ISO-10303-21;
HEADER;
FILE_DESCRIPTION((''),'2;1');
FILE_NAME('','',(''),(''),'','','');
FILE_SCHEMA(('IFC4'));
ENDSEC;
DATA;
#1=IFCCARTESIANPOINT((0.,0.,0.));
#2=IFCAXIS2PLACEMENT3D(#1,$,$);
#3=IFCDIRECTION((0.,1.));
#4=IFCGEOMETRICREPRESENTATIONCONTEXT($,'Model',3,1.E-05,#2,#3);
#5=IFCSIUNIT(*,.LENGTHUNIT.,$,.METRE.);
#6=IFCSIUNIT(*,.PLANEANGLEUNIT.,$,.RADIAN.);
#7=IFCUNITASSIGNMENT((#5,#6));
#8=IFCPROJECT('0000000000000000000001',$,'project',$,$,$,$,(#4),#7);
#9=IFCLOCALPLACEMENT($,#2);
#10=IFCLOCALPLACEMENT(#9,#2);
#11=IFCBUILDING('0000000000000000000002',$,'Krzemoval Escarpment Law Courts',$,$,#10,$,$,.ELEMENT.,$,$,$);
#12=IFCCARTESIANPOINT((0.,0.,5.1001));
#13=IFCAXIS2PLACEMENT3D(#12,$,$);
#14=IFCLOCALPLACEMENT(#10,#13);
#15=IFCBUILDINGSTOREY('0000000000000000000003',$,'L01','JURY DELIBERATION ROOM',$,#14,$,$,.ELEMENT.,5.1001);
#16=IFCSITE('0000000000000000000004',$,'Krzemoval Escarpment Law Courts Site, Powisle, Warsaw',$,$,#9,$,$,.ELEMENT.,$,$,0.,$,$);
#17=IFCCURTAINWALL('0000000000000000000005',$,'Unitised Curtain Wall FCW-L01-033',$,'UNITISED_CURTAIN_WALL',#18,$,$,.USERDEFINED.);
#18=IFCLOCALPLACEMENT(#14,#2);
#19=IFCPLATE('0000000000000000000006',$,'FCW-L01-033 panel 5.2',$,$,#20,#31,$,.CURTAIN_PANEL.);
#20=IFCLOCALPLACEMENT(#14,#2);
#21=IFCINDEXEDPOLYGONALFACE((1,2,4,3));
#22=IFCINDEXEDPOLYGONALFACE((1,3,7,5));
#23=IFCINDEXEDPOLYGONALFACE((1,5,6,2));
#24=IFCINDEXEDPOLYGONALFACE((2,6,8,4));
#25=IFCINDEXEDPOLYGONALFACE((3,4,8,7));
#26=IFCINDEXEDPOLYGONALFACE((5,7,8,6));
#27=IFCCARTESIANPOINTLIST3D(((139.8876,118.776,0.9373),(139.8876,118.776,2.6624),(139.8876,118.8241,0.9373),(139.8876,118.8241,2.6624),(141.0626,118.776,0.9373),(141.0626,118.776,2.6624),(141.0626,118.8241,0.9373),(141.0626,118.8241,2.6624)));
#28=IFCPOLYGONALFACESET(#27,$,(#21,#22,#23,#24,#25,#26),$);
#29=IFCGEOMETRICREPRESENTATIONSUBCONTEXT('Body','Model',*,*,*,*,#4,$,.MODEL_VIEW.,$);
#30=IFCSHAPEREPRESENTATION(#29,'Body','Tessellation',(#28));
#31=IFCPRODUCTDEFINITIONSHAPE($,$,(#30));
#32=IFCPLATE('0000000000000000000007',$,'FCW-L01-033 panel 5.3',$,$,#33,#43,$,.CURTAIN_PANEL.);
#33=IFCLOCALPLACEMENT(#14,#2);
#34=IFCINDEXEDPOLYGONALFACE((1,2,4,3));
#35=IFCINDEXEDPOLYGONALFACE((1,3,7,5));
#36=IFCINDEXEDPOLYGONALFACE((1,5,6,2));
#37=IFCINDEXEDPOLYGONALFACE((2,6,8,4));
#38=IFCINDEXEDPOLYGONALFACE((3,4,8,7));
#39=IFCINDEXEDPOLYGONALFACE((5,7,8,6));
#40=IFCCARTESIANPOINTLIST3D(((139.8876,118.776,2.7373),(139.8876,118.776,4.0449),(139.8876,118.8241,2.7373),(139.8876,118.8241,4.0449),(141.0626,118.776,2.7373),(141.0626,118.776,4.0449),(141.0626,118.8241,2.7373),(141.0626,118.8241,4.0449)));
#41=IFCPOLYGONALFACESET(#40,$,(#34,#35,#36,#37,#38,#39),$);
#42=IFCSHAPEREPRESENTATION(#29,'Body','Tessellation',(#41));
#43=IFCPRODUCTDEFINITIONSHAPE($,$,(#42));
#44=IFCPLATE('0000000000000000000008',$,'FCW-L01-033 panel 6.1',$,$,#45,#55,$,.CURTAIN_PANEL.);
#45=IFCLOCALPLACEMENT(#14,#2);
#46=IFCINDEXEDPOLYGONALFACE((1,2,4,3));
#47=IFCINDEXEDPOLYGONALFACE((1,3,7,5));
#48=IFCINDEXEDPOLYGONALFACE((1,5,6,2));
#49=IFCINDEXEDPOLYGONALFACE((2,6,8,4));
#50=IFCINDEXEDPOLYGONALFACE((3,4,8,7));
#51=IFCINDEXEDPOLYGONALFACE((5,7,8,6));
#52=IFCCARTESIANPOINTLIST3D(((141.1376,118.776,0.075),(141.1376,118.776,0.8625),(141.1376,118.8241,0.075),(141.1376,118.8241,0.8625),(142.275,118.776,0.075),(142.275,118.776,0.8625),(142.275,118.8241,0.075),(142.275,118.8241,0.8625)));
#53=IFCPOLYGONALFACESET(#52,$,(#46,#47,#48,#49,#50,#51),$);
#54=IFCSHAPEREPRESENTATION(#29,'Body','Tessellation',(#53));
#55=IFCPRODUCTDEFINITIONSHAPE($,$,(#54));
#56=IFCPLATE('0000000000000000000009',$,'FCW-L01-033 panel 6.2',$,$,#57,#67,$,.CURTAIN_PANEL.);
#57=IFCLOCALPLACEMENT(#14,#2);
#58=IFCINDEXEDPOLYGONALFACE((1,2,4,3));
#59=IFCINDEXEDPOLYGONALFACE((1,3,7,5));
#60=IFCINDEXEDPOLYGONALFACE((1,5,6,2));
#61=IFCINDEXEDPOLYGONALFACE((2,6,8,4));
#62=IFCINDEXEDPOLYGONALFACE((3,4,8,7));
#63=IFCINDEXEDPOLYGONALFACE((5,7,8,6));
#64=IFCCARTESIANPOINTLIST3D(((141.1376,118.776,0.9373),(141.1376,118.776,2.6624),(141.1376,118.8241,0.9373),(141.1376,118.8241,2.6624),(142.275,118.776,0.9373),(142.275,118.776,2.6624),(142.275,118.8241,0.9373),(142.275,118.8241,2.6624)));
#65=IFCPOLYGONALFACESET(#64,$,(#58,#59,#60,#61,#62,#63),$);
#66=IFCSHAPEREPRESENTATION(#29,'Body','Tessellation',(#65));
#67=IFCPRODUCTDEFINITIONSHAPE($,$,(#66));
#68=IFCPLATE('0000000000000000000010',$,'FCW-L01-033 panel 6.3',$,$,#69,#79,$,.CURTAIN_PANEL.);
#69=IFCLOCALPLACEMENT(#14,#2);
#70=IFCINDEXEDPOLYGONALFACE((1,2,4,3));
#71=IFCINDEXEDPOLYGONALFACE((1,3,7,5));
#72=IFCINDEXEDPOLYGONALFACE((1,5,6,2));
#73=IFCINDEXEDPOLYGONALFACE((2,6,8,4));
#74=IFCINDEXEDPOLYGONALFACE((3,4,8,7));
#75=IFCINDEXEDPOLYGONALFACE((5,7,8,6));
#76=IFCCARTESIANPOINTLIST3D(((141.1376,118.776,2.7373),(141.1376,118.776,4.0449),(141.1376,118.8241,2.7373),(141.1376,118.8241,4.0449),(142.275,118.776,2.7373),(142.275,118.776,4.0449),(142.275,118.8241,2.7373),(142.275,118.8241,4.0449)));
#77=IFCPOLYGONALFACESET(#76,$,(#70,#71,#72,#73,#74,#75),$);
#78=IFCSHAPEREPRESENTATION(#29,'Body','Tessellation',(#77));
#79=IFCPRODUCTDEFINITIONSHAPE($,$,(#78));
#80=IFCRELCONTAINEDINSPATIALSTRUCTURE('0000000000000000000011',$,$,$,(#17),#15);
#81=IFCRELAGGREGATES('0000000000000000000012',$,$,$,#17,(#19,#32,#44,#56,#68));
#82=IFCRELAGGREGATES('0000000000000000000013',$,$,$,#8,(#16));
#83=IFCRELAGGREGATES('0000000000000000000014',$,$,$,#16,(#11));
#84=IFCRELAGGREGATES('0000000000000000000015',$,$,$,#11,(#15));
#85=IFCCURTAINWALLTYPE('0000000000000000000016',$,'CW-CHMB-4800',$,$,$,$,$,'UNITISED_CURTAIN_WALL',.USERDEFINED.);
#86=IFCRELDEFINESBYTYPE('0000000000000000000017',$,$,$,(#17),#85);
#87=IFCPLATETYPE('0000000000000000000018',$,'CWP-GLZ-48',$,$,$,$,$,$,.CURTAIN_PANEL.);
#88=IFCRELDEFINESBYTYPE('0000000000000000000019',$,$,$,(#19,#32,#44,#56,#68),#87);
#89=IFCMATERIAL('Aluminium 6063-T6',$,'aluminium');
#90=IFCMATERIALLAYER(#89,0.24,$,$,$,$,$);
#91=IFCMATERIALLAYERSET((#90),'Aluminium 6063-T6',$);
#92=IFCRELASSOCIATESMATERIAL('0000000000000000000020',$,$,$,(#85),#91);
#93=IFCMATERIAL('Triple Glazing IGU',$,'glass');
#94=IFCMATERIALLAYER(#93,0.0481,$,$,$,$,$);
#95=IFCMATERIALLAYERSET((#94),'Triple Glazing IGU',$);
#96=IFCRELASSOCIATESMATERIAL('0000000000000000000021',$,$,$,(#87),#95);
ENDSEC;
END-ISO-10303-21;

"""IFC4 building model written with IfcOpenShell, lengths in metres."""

from ifc_helpers import new_model, si_unit, direction, frame, origin, origin_2d, place, context, subcontext, project, spatial, rectangle, extrude, material, layer, layer_set, type_object, element, aggregate, save


model = new_model("IFC4")

# Units and contexts
model_context = context("Model", 3, precision=1e-05, world=origin(), true_north=direction((0.0, 1.0)))
body_context = subcontext(model_context, "Body", "Model", "MODEL_VIEW")
ifc_project = project(units=[si_unit("LENGTHUNIT", "METRE"), si_unit("PLANEANGLEUNIT", "RADIAN")], contexts=[model_context])

# Site, building, storey
site_placement = place(None, origin())
site = spatial("IfcSite", under=ifc_project, at=site_placement, Name="Krzemoval Escarpment Law Courts Site, Powisle, Warsaw", CompositionType="ELEMENT", RefElevation=0.0)
building_placement = place(site_placement, origin())
building = spatial("IfcBuilding", under=site, at=building_placement, Name="Krzemoval Escarpment Law Courts", CompositionType="ELEMENT")
storey_placement = place(building_placement, frame((0.0, 0.0, 5.1001)))
storey = spatial("IfcBuildingStorey", under=building, at=storey_placement, Name="L01", Description="JURY DELIBERATION ROOM", CompositionType="ELEMENT", Elevation=5.1001)

# Curtain wall, plates
ifc_material_1 = material(Name="Aluminium 6063-T6", Category="aluminium")
ifc_layer_1 = layer(ifc_material_1, 0.24)
ifc_layer_set_1 = layer_set([ifc_layer_1], Name="Aluminium 6063-T6")
curtain_wall_type = type_object("IfcCurtainWallType", Name="CW-CHMB-4800", ElementType="UNITISED_CURTAIN_WALL", PredefinedType="USERDEFINED", material=ifc_layer_set_1)
curtain_wall_placement = place(storey_placement, origin())
curtain_wall = element("IfcCurtainWall", 1, at=curtain_wall_placement, inside=storey, type_object=curtain_wall_type, Name="Unitised Curtain Wall FCW-L01-033", ObjectType="UNITISED_CURTAIN_WALL", PredefinedType="USERDEFINED")
ifc_material_2 = material(Name="Triple Glazing IGU", Category="glass")
ifc_layer_2 = layer(ifc_material_2, 0.0481)
ifc_layer_set_2 = layer_set([ifc_layer_2], Name="Triple Glazing IGU")
plate_type = type_object("IfcPlateType", Name="CWP-GLZ-48", PredefinedType="CURTAIN_PANEL", material=ifc_layer_set_2)
plate_1_placement = place(storey_placement, frame((140.4751, 118.8, 0.9373), z_axis=(0.0, 0.0, 1.0), x_axis=(1.0, 0.0, 0.0)))
plate_1 = element("IfcPlate", 2, at=plate_1_placement, type_object=plate_type, Name="FCW-L01-033 panel 5.2", PredefinedType="CURTAIN_PANEL", context=body_context, shape_type="SweptSolid", body=[
    extrude(rectangle(XDim=1.175, YDim=0.0481, at=origin_2d()), origin(), (0.0, 0.0, 1.0), 1.7251),
])
plate_2_placement = place(storey_placement, frame((140.4751, 118.8, 2.7373), z_axis=(0.0, 0.0, 1.0), x_axis=(1.0, 0.0, 0.0)))
plate_2 = element("IfcPlate", 3, at=plate_2_placement, type_object=plate_type, Name="FCW-L01-033 panel 5.3", PredefinedType="CURTAIN_PANEL", context=body_context, shape_type="SweptSolid", body=[
    extrude(rectangle(XDim=1.175, YDim=0.0481, at=origin_2d()), origin(), (0.0, 0.0, 1.0), 1.3076),
])
plate_3_placement = place(storey_placement, frame((141.7063, 118.8, 0.075), z_axis=(0.0, 0.0, 1.0), x_axis=(1.0, 0.0, 0.0)))
plate_3 = element("IfcPlate", 4, at=plate_3_placement, type_object=plate_type, Name="FCW-L01-033 panel 6.1", PredefinedType="CURTAIN_PANEL", context=body_context, shape_type="SweptSolid", body=[
    extrude(rectangle(XDim=1.1375, YDim=0.0481, at=origin_2d()), origin(), (0.0, 0.0, 1.0), 0.7876),
])
plate_4_placement = place(storey_placement, frame((141.7063, 118.8, 0.9373), z_axis=(0.0, 0.0, 1.0), x_axis=(1.0, 0.0, 0.0)))
plate_4 = element("IfcPlate", 5, at=plate_4_placement, type_object=plate_type, Name="FCW-L01-033 panel 6.2", PredefinedType="CURTAIN_PANEL", context=body_context, shape_type="SweptSolid", body=[
    extrude(rectangle(XDim=1.1375, YDim=0.0481, at=origin_2d()), origin(), (0.0, 0.0, 1.0), 1.7251),
])
plate_5_placement = place(storey_placement, frame((141.7063, 118.8, 2.7373), z_axis=(0.0, 0.0, 1.0), x_axis=(1.0, 0.0, 0.0)))
plate_5 = element("IfcPlate", 6, at=plate_5_placement, type_object=plate_type, Name="FCW-L01-033 panel 6.3", PredefinedType="CURTAIN_PANEL", context=body_context, shape_type="SweptSolid", body=[
    extrude(rectangle(XDim=1.1375, YDim=0.0481, at=origin_2d()), origin(), (0.0, 0.0, 1.0), 1.3076),
])
aggregate(curtain_wall, [plate_1, plate_2, plate_3, plate_4, plate_5])

save(model, "model.ifc")
